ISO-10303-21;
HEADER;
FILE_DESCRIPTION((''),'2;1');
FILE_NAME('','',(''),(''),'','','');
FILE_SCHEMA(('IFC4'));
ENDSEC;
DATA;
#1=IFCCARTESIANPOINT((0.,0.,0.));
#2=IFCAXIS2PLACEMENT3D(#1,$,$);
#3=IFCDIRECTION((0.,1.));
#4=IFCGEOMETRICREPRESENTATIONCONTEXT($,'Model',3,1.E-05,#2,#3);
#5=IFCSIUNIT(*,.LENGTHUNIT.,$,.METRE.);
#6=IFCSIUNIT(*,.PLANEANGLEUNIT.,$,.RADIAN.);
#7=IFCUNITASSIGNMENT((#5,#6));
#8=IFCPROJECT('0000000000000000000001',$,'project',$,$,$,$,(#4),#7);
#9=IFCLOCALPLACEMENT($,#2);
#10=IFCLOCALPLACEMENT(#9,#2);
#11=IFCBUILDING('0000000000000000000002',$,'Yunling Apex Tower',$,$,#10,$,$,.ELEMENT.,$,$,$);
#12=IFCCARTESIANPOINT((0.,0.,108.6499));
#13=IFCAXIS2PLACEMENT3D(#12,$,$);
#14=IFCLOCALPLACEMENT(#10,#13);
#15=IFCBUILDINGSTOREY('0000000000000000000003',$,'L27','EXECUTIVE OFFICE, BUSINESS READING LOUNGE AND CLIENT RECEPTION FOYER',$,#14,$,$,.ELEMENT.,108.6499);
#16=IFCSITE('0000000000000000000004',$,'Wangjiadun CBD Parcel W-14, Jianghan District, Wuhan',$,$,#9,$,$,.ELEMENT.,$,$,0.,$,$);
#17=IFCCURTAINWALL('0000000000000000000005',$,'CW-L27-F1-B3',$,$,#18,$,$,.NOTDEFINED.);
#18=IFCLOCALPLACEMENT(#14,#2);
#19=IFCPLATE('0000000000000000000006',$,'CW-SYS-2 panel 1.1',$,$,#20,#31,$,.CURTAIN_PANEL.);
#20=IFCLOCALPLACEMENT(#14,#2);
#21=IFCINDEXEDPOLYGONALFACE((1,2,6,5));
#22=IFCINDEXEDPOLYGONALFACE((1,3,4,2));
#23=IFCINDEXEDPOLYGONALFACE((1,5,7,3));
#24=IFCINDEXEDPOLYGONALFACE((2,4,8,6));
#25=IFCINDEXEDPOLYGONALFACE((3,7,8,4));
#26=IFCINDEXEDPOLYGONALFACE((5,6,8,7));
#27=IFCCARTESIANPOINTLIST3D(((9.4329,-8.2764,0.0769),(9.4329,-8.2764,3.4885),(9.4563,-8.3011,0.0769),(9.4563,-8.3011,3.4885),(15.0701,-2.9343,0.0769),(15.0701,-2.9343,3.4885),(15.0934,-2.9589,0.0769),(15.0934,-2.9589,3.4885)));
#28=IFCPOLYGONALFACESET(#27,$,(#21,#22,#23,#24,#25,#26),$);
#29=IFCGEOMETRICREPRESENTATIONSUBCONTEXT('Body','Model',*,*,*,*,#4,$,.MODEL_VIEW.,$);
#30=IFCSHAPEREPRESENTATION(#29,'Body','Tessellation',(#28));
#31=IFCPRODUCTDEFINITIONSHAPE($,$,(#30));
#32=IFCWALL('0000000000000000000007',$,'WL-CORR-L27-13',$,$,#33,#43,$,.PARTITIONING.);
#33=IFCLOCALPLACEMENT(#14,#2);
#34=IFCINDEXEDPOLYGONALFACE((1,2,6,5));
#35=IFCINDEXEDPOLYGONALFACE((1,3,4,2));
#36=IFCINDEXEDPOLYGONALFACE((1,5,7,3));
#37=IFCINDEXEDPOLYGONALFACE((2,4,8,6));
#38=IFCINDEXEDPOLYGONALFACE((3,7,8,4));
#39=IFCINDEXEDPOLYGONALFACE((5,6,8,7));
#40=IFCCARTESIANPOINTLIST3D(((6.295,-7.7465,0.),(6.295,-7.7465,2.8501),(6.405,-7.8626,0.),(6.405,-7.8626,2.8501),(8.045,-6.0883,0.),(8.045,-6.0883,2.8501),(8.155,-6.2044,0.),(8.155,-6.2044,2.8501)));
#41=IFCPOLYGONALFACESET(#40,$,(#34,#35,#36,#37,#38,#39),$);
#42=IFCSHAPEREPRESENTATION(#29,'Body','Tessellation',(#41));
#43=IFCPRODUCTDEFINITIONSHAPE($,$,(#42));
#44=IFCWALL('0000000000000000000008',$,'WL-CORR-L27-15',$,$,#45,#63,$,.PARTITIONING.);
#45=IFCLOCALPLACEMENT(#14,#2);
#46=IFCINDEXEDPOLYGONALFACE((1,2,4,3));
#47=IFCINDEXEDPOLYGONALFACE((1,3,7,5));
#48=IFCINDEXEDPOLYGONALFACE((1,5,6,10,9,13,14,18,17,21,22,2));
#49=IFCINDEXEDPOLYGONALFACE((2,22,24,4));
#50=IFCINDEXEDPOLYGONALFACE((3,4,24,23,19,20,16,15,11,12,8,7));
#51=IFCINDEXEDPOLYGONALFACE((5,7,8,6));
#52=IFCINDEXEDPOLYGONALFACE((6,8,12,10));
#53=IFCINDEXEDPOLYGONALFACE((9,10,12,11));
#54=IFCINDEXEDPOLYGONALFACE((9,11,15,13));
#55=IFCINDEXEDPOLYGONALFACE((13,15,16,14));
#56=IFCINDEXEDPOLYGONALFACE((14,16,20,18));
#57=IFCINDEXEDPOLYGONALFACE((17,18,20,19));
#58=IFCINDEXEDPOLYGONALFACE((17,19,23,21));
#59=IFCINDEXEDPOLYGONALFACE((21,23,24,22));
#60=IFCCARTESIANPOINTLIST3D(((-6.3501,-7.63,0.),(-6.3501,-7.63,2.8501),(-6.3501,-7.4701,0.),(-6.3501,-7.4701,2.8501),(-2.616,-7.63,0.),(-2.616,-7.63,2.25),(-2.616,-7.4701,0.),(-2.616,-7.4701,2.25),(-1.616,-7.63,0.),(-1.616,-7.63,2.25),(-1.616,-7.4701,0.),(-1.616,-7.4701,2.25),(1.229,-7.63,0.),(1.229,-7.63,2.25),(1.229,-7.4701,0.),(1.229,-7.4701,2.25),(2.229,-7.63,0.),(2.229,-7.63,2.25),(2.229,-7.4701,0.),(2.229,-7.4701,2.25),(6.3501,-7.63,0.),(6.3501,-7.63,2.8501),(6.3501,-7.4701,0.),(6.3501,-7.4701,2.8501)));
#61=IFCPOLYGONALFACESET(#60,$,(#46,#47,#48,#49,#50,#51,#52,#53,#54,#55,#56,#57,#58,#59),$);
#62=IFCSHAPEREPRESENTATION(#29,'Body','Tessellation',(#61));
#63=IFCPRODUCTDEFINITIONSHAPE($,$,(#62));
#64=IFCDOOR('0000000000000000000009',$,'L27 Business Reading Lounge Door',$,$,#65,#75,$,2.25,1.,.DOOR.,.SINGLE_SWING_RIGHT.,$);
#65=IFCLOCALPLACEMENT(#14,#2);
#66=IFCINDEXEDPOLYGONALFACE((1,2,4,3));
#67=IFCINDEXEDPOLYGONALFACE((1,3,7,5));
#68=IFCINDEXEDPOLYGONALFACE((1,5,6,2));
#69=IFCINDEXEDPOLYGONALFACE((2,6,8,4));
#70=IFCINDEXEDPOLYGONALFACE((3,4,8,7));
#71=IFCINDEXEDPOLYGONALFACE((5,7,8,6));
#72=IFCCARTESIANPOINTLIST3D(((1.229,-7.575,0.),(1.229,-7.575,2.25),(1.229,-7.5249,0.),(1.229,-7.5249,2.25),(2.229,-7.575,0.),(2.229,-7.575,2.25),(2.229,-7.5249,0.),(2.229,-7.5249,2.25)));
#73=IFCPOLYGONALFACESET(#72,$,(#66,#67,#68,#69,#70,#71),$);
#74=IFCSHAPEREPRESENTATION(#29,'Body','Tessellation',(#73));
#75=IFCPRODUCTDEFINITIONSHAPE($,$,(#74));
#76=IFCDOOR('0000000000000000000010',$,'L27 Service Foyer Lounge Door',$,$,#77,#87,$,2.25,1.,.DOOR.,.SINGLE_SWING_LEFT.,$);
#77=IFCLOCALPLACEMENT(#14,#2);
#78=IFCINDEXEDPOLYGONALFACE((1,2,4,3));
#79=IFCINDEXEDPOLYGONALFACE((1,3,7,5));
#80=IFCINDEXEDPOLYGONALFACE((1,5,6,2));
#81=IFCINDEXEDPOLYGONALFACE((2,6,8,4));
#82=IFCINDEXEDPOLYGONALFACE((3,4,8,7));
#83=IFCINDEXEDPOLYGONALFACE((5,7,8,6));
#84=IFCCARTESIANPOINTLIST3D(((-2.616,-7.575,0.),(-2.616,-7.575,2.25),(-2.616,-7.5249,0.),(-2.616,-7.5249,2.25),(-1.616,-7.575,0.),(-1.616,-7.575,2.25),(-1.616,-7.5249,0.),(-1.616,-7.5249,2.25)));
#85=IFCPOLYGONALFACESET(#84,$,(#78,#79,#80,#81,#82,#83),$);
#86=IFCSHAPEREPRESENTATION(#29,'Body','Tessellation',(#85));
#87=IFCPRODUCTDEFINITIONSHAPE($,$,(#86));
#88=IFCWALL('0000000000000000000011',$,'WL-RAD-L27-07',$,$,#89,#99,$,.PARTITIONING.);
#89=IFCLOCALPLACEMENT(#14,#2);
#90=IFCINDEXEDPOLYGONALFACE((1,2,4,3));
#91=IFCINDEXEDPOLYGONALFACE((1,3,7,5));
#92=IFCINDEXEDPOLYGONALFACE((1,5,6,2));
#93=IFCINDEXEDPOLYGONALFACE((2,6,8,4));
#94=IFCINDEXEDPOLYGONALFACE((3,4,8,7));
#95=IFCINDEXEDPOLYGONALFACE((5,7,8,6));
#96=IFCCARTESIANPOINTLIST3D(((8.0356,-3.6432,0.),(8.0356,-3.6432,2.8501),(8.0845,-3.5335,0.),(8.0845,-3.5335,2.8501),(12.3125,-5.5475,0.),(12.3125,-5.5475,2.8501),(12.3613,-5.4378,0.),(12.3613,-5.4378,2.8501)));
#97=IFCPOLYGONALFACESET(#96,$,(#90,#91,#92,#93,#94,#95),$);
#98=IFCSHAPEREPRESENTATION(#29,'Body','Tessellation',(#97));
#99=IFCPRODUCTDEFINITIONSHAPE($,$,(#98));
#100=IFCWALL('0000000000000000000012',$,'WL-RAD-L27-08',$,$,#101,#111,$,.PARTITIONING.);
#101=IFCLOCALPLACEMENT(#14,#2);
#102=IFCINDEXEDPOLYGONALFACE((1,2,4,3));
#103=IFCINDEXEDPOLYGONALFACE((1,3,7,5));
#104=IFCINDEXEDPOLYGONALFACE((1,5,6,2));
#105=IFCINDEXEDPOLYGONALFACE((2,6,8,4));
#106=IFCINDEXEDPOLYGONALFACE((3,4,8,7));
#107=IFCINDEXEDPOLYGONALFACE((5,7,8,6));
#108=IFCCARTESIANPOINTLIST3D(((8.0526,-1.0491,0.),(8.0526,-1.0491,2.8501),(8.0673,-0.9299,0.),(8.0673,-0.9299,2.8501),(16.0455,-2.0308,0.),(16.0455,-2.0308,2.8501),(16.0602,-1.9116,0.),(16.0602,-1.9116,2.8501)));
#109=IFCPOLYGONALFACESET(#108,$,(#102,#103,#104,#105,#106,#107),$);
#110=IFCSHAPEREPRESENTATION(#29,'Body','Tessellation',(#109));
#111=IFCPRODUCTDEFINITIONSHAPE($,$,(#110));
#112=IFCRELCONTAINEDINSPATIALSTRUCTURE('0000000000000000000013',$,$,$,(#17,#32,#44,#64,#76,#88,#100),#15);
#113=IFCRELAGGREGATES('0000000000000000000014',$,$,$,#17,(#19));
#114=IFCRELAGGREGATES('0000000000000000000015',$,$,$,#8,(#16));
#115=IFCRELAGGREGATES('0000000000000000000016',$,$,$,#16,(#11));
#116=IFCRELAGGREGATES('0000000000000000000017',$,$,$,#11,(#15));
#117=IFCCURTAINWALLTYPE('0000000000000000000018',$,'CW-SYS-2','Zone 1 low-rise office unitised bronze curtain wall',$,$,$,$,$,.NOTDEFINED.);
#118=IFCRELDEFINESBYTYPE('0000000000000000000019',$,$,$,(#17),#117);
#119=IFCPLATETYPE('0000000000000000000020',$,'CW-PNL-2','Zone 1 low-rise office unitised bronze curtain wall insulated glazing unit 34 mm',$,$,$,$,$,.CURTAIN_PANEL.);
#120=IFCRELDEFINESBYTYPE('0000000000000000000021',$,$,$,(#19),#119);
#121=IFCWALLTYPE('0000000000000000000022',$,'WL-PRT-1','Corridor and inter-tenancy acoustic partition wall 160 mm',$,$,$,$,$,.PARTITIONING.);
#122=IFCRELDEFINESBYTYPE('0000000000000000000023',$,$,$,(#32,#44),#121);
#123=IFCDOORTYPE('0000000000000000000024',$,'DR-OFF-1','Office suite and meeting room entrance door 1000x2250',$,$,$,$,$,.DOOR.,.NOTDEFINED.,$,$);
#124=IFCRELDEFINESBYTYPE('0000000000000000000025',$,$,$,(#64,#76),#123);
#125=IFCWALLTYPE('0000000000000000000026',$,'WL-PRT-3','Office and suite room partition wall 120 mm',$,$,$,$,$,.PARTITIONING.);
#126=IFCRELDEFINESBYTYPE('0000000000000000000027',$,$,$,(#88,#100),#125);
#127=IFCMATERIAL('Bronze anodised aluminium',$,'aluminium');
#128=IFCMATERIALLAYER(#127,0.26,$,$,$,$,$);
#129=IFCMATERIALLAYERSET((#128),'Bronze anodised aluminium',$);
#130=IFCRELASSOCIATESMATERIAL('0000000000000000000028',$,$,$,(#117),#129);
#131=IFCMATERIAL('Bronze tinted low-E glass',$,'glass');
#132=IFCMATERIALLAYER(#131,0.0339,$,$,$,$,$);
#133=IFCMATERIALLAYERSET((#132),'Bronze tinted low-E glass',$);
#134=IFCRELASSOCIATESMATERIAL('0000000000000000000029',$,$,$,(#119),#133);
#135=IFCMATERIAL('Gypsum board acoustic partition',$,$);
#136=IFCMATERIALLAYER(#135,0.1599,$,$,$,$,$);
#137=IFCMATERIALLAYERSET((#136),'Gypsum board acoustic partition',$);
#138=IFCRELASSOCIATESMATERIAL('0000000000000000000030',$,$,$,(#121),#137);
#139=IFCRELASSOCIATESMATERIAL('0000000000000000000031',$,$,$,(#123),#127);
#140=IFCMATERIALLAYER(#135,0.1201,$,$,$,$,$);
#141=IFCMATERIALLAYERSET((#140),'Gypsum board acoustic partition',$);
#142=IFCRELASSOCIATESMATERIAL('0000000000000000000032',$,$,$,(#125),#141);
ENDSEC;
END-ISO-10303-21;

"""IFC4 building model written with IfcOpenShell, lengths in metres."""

from ifc_helpers import new_model, si_unit, direction, frame, frame_2d, origin, origin_2d, place, context, subcontext, project, spatial, rectangle, extrude, source, transform, mapped, material, layer, layer_set, type_object, element, fill, aggregate, save


model = new_model("IFC4")

# Units and contexts
model_context = context("Model", 3, precision=1e-05, world=origin(), true_north=direction((0.0, 1.0)))
body_context = subcontext(model_context, "Body", "Model", "MODEL_VIEW")
ifc_project = project(units=[si_unit("LENGTHUNIT", "METRE"), si_unit("PLANEANGLEUNIT", "RADIAN")], contexts=[model_context])

# Site, building, storey
site_placement = place(None, origin())
site = spatial("IfcSite", under=ifc_project, at=site_placement, Name="Wangjiadun CBD Parcel W-14, Jianghan District, Wuhan", CompositionType="ELEMENT", RefElevation=0.0)
building_placement = place(site_placement, origin())
building = spatial("IfcBuilding", under=site, at=building_placement, Name="Yunling Apex Tower", CompositionType="ELEMENT")
storey_placement = place(building_placement, frame((0.0, 0.0, 108.6499)))
storey = spatial("IfcBuildingStorey", under=building, at=storey_placement, Name="L27", Description="EXECUTIVE OFFICE, BUSINESS READING LOUNGE AND CLIENT RECEPTION FOYER", CompositionType="ELEMENT", Elevation=108.6499)

# Curtain wall
ifc_material_1 = material(Name="Bronze anodised aluminium", Category="aluminium")
ifc_layer_1 = layer(ifc_material_1, 0.26)
ifc_layer_set_1 = layer_set([ifc_layer_1], Name="Bronze anodised aluminium")
curtain_wall_type = type_object("IfcCurtainWallType", Name="CW-SYS-2", Description="Zone 1 low-rise office unitised bronze curtain wall", PredefinedType="NOTDEFINED", material=ifc_layer_set_1)
curtain_wall_1_placement = place(storey_placement, origin())
curtain_wall_1 = element("IfcCurtainWall", 1, at=curtain_wall_1_placement, inside=storey, type_object=curtain_wall_type, Name="CW-L27-F1-B3", PredefinedType="NOTDEFINED")

# Plate
ifc_material_2 = material(Name="Bronze tinted low-E glass", Category="glass")
ifc_layer_2 = layer(ifc_material_2, 0.0339)
ifc_layer_set_2 = layer_set([ifc_layer_2], Name="Bronze tinted low-E glass")
plate_type = type_object("IfcPlateType", Name="CW-PNL-2", Description="Zone 1 low-rise office unitised bronze curtain wall insulated glazing unit 34 mm", PredefinedType="CURTAIN_PANEL", material=ifc_layer_set_2)
shared_shape_1 = source(origin(), body_context, "Body", "SweptSolid", [
    extrude(rectangle(XDim=7.7664, YDim=0.0339, at=origin_2d()), origin(), (0.0, 0.0, 1.0), 3.4116),
])
plate_placement = place(storey_placement, frame((12.2632, -5.6177, 0.0769), z_axis=(0.0, 0.0, 1.0), x_axis=(0.725842, 0.687861, 0.0)))
plate = element("IfcPlate", 2, at=plate_placement, type_object=plate_type, Name="CW-SYS-2 panel 1.1", PredefinedType="CURTAIN_PANEL", context=body_context, shape_type="MappedRepresentation", body=[
    mapped(shared_shape_1, transform((0.0, 0.0, 0.0), scale=1.0)),
])
aggregate(curtain_wall_1, [plate])

# Wall
ifc_material_3 = material(Name="Gypsum board acoustic partition")
ifc_layer_3 = layer(ifc_material_3, 0.1599)
ifc_layer_set_3 = layer_set([ifc_layer_3], Name="Gypsum board acoustic partition")
wall_type_1 = type_object("IfcWallType", Name="WL-PRT-1", Description="Corridor and inter-tenancy acoustic partition wall 160 mm", PredefinedType="PARTITIONING", material=ifc_layer_set_3)
wall_1_placement = place(storey_placement, frame((8.1001, -6.1462, 0.0), z_axis=(0.0, 0.0, 1.0), x_axis=(-0.725889, -0.687812, 0.0)))
element("IfcWall", 3, at=wall_1_placement, inside=storey, type_object=wall_type_1, Name="WL-CORR-L27-13", PredefinedType="PARTITIONING", context=body_context, shape_type="SweptSolid", body=[
    extrude(rectangle(XDim=2.4109, YDim=0.1599, at=frame_2d((1.2056, 0.0))), origin(), (0.0, 0.0, 1.0), 2.8501),
])

# Wall, openings, doors
wall_2_placement = place(storey_placement, frame((6.3501, -7.55, 0.0), z_axis=(0.0, 0.0, 1.0), x_axis=(-1.0, 0.0, 0.0)))
wall_2 = element("IfcWall", 4, at=wall_2_placement, inside=storey, type_object=wall_type_1, Name="WL-CORR-L27-15", PredefinedType="PARTITIONING", context=body_context, shape_type="SweptSolid", body=[
    extrude(rectangle(XDim=12.7002, YDim=0.1599, at=frame_2d((6.3501, 0.0))), origin(), (0.0, 0.0, 1.0), 2.8501),
])
opening_1_placement = place(wall_2_placement, frame((4.1211, 0.0, 0.0)))
opening_1 = element("IfcOpeningElement", 5, at=opening_1_placement, cuts=wall_2, PredefinedType="OPENING", context=body_context, shape_type="SweptSolid", body=[
    extrude(rectangle(XDim=1.0, YDim=2.25, at=frame_2d((0.5, 1.125))), frame((0.0, 0.0898, 0.0), z_axis=(0.0, -1.0, 0.0), x_axis=(1.0, 0.0, 0.0)), (0.0, 0.0, 1.0), 0.1799),
])
opening_2_placement = place(wall_2_placement, frame((7.9661, 0.0, 0.0)))
opening_2 = element("IfcOpeningElement", 6, at=opening_2_placement, cuts=wall_2, PredefinedType="OPENING", context=body_context, shape_type="SweptSolid", body=[
    extrude(rectangle(XDim=1.0, YDim=2.25, at=frame_2d((0.5, 1.125))), frame((0.0, 0.0898, 0.0), z_axis=(0.0, -1.0, 0.0), x_axis=(1.0, 0.0, 0.0)), (0.0, 0.0, 1.0), 0.1799),
])
door_type = type_object("IfcDoorType", Name="DR-OFF-1", Description="Office suite and meeting room entrance door 1000x2250", OperationType="NOTDEFINED", PredefinedType="DOOR", material=ifc_material_1)
door_1_placement = place(opening_1_placement, origin())
door_1 = element("IfcDoor", 7, at=door_1_placement, inside=storey, type_object=door_type, Name="L27 Business Reading Lounge Door", OperationType="SINGLE_SWING_RIGHT", OverallHeight=2.25, OverallWidth=1.0, PredefinedType="DOOR", context=body_context, shape_type="SweptSolid", body=[
    extrude(rectangle(XDim=1.0, YDim=2.25, at=frame_2d((0.5, 1.125))), frame((0.0, 0.0249, 0.0), z_axis=(0.0, -1.0, 0.0), x_axis=(1.0, 0.0, 0.0)), (0.0, 0.0, 1.0), 0.05),
])
fill(opening_1, door_1)
door_2_placement = place(opening_2_placement, origin())
door_2 = element("IfcDoor", 8, at=door_2_placement, inside=storey, type_object=door_type, Name="L27 Service Foyer Lounge Door", OperationType="SINGLE_SWING_LEFT", OverallHeight=2.25, OverallWidth=1.0, PredefinedType="DOOR", context=body_context, shape_type="SweptSolid", body=[
    extrude(rectangle(XDim=1.0, YDim=2.25, at=frame_2d((0.5, 1.125))), frame((0.0, 0.0249, 0.0), z_axis=(0.0, -1.0, 0.0), x_axis=(1.0, 0.0, 0.0)), (0.0, 0.0, 1.0), 0.05),
])
fill(opening_2, door_2)

# Walls
ifc_layer_4 = layer(ifc_material_3, 0.1201)
ifc_layer_set_4 = layer_set([ifc_layer_4], Name="Gypsum board acoustic partition")
wall_type_2 = type_object("IfcWallType", Name="WL-PRT-3", Description="Office and suite room partition wall 120 mm", PredefinedType="PARTITIONING", material=ifc_layer_set_4)
wall_3_placement = place(storey_placement, frame((8.0601, -3.5884, 0.0), z_axis=(0.0, 0.0, 1.0), x_axis=(0.913536, -0.406758, 0.0)))
element("IfcWall", 9, at=wall_3_placement, inside=storey, type_object=wall_type_2, Name="WL-RAD-L27-07", PredefinedType="PARTITIONING", context=body_context, shape_type="SweptSolid", body=[
    extrude(rectangle(XDim=4.6816, YDim=0.1201, at=frame_2d((2.3408, 0.0))), origin(), (0.0, 0.0, 1.0), 2.8501),
])
wall_4_placement = place(storey_placement, frame((8.0601, -0.9895, 0.0), z_axis=(0.0, 0.0, 1.0), x_axis=(0.992542, -0.121904, 0.0)))
element("IfcWall", 10, at=wall_4_placement, inside=storey, type_object=wall_type_2, Name="WL-RAD-L27-08", PredefinedType="PARTITIONING", context=body_context, shape_type="SweptSolid", body=[
    extrude(rectangle(XDim=8.053, YDim=0.1201, at=frame_2d((4.0264, 0.0))), origin(), (0.0, 0.0, 1.0), 2.8501),
])

save(model, "model.ifc")
